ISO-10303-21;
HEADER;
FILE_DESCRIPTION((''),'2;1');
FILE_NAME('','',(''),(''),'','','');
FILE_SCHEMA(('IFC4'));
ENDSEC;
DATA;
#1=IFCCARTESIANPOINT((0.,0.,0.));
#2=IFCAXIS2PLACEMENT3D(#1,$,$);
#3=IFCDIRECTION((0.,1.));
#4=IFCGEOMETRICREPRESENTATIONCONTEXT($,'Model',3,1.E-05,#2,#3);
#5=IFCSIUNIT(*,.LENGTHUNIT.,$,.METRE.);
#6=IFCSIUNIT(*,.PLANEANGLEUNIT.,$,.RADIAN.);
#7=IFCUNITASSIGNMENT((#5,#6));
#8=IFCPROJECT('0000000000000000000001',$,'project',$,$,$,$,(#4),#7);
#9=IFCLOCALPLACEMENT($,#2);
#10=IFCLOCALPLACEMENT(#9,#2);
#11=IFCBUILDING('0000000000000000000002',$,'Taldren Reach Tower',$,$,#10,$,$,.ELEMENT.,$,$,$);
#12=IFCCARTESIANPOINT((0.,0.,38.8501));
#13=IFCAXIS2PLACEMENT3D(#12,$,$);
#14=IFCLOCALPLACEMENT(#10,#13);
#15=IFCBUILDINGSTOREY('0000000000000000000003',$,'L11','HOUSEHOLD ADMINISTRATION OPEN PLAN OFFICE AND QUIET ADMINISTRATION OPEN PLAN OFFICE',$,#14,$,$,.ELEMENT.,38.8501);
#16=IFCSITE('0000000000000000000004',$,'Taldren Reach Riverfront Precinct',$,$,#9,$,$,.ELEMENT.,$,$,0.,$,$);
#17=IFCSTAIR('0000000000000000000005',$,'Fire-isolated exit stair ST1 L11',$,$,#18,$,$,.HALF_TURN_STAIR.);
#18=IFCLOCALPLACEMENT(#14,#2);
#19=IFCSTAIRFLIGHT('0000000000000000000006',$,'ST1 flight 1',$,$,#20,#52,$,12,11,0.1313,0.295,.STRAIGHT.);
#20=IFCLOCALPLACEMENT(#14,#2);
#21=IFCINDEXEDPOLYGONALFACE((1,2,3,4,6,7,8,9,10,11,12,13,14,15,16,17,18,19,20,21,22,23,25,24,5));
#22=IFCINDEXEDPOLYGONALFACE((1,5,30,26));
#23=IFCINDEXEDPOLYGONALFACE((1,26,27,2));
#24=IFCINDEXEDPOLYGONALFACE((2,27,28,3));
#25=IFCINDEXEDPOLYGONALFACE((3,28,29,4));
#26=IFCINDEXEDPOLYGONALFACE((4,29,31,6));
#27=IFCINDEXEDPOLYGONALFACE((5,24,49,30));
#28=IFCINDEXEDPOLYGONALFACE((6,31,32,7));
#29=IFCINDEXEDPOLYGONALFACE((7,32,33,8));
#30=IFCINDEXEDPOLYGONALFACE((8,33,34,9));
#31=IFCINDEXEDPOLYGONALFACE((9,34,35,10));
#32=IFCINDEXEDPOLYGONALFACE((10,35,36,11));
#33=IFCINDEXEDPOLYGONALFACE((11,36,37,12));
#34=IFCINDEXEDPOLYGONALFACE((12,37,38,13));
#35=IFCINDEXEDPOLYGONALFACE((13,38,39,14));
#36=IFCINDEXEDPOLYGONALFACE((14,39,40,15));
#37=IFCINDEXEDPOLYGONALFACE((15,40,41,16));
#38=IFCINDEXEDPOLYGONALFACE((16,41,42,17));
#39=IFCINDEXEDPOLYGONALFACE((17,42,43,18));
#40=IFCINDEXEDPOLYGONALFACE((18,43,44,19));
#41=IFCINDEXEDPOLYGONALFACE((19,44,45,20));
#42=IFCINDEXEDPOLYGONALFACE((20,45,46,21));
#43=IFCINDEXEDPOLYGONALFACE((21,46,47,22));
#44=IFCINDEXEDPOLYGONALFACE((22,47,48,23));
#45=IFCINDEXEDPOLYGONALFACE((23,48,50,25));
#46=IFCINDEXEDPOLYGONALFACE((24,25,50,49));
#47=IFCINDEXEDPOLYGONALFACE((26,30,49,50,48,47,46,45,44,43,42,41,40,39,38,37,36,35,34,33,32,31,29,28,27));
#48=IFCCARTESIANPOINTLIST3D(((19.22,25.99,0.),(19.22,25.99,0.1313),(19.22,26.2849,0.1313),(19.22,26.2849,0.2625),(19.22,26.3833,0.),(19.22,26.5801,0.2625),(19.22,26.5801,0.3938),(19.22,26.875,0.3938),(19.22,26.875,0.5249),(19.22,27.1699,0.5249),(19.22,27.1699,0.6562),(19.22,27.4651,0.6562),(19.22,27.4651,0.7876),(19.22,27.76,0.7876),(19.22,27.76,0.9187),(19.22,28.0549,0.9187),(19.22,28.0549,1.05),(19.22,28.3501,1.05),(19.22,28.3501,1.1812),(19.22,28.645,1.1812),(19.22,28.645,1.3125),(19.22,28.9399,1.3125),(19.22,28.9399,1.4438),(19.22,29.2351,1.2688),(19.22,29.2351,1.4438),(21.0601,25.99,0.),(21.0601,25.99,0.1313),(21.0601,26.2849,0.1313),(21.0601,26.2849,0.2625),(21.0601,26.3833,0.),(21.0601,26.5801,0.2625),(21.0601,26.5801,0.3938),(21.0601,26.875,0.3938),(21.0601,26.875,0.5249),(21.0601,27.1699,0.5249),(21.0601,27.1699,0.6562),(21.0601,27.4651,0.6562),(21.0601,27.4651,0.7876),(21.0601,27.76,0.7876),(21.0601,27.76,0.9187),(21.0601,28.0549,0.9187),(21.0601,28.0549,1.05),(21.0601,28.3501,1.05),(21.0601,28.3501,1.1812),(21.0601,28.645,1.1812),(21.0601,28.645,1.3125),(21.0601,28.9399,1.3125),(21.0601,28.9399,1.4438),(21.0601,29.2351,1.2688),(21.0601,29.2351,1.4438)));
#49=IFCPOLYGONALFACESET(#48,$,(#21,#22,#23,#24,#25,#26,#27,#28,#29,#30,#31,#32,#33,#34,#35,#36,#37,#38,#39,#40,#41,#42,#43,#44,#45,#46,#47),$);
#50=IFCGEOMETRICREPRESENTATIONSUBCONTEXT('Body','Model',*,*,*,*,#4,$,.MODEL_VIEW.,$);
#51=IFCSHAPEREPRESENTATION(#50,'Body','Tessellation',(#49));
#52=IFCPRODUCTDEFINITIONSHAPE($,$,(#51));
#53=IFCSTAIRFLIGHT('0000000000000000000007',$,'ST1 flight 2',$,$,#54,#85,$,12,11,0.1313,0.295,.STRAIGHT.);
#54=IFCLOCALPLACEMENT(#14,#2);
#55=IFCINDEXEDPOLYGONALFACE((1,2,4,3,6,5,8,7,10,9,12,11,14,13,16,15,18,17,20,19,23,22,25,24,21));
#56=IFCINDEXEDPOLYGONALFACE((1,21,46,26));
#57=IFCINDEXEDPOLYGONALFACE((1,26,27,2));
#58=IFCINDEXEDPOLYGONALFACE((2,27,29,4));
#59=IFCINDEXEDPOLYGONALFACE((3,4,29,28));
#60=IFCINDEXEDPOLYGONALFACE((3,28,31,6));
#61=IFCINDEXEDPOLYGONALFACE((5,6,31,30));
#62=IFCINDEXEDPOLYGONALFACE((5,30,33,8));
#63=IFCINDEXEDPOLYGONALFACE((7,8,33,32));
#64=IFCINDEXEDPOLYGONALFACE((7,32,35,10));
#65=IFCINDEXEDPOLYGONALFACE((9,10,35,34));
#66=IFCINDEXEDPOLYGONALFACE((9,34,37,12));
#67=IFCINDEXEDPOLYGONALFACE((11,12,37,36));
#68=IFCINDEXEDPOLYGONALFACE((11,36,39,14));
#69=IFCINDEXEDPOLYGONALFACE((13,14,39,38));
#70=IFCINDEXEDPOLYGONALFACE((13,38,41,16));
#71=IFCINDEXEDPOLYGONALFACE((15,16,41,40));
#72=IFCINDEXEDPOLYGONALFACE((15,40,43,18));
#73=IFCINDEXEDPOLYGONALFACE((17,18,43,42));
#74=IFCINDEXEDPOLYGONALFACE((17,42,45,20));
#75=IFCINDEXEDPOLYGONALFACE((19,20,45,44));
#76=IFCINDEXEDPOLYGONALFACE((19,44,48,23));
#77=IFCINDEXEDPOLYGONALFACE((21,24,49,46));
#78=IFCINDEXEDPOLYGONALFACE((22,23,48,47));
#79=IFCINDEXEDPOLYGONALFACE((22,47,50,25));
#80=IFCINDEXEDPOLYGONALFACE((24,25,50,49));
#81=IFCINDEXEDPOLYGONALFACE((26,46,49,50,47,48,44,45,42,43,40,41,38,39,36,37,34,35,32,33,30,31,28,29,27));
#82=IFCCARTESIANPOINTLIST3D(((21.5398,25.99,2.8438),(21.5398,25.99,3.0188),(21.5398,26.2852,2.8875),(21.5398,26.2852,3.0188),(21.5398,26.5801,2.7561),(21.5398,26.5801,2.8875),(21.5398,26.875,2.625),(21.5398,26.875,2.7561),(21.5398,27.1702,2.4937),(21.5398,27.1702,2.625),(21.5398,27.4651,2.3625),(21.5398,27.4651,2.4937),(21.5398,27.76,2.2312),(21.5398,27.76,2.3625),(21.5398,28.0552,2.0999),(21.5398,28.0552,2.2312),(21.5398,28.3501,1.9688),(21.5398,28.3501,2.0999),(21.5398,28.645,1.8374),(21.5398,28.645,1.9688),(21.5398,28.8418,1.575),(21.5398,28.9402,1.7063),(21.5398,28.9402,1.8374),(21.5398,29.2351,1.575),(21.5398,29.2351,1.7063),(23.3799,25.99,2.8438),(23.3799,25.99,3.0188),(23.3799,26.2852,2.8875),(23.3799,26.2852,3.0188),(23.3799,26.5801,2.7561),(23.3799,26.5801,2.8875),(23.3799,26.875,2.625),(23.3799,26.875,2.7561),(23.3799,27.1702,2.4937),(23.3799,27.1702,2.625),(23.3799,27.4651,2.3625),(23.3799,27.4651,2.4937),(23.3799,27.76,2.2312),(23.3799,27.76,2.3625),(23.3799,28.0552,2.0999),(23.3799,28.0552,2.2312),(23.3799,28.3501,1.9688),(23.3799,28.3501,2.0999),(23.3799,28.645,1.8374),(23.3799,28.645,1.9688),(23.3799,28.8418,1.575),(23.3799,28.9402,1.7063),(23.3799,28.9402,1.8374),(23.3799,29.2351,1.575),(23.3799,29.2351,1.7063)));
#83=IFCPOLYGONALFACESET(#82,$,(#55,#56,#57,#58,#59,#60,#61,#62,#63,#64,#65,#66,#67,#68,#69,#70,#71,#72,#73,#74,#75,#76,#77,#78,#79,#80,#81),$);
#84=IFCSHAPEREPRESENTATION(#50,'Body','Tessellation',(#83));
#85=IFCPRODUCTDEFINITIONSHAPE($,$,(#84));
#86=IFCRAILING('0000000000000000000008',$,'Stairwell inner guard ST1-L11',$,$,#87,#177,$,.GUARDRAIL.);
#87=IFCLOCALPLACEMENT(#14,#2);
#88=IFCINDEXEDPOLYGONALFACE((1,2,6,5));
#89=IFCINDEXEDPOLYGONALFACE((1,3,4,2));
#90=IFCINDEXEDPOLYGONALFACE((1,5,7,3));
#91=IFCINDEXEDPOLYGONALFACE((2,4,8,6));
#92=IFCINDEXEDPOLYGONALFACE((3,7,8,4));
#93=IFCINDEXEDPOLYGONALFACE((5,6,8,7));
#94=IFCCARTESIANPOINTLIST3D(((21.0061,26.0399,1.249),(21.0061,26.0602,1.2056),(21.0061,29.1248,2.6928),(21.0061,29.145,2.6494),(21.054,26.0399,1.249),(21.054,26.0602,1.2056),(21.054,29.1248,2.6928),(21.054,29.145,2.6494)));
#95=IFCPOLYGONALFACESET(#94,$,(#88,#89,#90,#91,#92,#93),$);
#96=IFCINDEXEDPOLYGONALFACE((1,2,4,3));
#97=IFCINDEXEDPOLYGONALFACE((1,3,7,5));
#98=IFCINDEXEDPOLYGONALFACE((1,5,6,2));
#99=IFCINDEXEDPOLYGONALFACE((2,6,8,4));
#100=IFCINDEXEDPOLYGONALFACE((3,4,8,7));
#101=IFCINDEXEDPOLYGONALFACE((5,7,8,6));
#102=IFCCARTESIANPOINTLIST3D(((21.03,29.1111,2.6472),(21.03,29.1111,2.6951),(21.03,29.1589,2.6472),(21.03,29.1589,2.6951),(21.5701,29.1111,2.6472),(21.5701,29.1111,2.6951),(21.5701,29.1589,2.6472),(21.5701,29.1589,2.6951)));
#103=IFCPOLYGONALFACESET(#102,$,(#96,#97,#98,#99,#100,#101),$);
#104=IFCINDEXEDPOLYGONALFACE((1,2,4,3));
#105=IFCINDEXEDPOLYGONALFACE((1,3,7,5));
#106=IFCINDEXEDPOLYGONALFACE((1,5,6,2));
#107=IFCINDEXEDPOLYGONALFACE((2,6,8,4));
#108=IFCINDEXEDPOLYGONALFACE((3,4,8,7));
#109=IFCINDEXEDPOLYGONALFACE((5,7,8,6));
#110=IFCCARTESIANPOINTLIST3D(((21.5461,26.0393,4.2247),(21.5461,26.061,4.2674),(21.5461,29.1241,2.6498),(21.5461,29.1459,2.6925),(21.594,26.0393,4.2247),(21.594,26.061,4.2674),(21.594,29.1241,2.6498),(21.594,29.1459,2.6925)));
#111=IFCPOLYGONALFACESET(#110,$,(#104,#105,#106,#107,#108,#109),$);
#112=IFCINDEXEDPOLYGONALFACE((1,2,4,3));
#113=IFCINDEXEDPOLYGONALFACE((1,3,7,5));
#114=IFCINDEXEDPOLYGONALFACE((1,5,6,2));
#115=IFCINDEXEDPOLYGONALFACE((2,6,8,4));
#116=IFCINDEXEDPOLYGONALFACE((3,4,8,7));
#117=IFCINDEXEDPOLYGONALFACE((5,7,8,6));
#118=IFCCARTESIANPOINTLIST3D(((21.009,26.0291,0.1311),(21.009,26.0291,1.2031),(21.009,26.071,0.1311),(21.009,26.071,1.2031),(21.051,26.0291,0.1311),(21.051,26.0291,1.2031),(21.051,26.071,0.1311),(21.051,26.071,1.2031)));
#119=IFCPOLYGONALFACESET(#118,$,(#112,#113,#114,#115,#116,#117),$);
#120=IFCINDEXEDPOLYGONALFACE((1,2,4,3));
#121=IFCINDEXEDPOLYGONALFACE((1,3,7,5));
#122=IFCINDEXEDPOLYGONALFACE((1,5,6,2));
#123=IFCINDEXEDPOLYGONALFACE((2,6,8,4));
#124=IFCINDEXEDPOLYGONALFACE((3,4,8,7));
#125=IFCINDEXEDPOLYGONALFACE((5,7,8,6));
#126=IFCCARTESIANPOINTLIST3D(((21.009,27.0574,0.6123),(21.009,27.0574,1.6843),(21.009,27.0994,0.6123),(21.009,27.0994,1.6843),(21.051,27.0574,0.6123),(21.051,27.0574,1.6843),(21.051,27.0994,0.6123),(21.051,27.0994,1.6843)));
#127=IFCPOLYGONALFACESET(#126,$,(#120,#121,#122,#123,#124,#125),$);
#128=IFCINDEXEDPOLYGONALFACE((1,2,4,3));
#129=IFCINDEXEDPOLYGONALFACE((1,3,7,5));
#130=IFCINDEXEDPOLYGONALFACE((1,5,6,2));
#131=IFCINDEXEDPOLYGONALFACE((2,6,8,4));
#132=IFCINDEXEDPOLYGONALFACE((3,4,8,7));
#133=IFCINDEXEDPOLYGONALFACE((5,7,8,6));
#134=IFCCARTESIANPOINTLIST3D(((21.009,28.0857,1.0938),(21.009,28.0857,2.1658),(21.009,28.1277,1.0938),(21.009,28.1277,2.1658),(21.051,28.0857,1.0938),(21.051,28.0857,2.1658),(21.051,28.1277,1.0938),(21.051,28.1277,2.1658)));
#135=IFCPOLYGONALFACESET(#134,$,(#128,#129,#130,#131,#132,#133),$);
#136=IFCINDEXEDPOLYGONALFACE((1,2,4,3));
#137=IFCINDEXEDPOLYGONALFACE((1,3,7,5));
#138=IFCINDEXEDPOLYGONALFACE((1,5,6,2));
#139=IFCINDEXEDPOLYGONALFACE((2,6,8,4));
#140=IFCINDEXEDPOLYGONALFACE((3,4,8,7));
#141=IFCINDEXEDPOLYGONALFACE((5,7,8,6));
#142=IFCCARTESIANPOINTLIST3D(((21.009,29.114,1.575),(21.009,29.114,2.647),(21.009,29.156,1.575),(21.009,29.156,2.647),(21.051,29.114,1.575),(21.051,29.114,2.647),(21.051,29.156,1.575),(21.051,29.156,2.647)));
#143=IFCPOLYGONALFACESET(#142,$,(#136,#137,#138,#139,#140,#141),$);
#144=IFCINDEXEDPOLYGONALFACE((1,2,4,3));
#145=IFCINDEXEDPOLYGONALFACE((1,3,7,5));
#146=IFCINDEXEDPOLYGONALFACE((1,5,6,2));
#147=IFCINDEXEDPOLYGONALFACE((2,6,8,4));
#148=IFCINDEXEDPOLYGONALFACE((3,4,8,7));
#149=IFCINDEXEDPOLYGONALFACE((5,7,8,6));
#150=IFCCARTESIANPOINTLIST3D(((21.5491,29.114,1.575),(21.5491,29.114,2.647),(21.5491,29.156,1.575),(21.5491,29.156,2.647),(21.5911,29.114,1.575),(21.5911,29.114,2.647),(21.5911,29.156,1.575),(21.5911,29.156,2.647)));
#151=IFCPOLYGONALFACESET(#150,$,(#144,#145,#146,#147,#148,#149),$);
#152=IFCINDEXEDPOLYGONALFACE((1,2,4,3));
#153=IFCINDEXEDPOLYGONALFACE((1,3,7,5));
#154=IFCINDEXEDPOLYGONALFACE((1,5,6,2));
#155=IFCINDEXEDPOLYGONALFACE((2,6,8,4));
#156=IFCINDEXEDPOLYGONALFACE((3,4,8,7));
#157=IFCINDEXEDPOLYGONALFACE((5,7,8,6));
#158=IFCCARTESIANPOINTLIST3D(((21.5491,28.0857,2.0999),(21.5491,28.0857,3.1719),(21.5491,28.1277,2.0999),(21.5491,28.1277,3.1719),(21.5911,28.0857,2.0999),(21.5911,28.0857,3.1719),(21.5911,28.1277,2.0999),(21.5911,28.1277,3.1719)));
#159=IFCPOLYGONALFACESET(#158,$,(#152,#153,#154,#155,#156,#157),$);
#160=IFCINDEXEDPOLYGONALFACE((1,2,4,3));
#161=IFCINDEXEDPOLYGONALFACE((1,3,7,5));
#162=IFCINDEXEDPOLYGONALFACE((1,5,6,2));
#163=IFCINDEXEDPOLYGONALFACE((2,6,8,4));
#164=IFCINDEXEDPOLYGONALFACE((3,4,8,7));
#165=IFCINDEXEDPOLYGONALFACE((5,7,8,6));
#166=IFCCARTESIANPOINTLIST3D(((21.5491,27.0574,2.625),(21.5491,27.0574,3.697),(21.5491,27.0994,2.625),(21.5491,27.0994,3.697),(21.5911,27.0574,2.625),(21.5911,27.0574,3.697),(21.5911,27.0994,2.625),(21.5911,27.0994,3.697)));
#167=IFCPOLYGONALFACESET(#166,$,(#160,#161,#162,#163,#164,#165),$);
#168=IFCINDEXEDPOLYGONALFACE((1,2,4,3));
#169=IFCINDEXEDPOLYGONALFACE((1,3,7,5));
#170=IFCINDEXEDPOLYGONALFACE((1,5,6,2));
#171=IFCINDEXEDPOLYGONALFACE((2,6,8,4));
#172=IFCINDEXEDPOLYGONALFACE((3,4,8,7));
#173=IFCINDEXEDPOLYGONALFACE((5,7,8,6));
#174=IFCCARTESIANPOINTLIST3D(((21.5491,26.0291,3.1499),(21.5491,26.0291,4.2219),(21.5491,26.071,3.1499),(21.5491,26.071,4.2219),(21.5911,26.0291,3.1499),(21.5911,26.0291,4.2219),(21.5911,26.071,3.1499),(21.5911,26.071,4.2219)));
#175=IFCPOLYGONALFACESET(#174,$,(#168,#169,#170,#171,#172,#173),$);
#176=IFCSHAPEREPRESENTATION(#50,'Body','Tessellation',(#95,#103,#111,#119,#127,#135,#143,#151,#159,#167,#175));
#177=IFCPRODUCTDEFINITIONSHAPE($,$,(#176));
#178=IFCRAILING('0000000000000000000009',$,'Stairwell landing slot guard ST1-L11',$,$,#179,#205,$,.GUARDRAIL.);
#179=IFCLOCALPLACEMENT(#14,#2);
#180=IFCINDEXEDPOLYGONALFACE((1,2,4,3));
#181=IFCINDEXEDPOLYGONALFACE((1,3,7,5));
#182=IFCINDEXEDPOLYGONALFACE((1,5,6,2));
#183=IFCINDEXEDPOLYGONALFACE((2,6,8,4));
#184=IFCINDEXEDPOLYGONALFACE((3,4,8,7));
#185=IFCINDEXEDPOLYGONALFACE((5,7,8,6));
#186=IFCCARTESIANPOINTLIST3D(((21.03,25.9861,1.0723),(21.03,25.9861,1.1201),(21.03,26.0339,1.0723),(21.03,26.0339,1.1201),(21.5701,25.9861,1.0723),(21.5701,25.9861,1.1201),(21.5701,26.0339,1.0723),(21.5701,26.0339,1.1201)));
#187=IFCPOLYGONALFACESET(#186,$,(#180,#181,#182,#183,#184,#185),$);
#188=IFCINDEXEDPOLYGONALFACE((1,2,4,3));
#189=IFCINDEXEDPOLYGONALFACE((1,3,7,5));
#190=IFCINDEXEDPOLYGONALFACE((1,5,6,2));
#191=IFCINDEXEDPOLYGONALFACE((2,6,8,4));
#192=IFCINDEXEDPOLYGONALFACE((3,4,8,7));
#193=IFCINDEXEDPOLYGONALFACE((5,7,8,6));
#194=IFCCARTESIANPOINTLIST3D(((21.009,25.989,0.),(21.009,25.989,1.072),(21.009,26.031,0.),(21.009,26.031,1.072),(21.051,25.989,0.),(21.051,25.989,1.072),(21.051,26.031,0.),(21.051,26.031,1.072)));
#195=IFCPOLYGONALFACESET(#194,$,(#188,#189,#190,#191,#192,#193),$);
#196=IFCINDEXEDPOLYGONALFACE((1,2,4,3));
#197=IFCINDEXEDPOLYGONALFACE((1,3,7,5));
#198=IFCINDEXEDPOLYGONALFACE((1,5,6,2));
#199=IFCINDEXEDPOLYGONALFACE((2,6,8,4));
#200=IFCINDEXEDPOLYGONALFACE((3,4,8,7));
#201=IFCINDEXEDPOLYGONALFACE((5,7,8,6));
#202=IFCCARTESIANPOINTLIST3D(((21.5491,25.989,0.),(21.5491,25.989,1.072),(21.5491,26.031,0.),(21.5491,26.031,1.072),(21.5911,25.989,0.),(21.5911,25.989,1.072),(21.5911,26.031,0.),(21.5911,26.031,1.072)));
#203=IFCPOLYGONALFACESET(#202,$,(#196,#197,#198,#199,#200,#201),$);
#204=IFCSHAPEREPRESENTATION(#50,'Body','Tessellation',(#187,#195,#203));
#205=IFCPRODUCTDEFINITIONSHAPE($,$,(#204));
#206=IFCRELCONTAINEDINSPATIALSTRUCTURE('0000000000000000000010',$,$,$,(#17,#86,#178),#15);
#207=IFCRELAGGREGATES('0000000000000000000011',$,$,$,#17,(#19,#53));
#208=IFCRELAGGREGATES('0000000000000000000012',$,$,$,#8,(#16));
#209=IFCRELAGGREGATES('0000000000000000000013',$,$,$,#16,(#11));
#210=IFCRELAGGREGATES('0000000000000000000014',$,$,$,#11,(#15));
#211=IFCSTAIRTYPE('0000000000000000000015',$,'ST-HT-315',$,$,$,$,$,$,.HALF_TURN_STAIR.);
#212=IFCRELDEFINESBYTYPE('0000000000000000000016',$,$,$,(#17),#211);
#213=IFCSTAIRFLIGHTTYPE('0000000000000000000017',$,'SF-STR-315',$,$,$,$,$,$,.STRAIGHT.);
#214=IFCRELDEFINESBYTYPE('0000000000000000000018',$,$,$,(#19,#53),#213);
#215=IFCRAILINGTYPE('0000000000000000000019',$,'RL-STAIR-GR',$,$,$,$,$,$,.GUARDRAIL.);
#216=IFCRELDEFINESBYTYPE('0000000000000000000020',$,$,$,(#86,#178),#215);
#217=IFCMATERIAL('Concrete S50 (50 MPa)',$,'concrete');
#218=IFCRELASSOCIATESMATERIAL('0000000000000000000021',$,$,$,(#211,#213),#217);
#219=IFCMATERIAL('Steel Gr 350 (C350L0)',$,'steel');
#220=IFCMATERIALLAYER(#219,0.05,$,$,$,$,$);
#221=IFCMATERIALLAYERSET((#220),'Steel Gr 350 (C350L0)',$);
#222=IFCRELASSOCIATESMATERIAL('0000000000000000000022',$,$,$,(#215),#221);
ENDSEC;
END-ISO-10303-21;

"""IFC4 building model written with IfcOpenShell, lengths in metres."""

from ifc_helpers import new_model, si_unit, direction, frame, origin, origin_2d, place, context, subcontext, project, spatial, polyline, rectangle, outline, extrude, material, layer, layer_set, type_object, element, aggregate, save


model = new_model("IFC4")

# Units and contexts
model_context = context("Model", 3, precision=1e-05, world=origin(), true_north=direction((0.0, 1.0)))
body_context = subcontext(model_context, "Body", "Model", "MODEL_VIEW")
ifc_project = project(units=[si_unit("LENGTHUNIT", "METRE"), si_unit("PLANEANGLEUNIT", "RADIAN")], contexts=[model_context])

# Site, building, storey
site_placement = place(None, origin())
site = spatial("IfcSite", under=ifc_project, at=site_placement, Name="Taldren Reach Riverfront Precinct", CompositionType="ELEMENT", RefElevation=0.0)
building_placement = place(site_placement, origin())
building = spatial("IfcBuilding", under=site, at=building_placement, Name="Taldren Reach Tower", CompositionType="ELEMENT")
storey_placement = place(building_placement, frame((0.0, 0.0, 38.8501)))
storey = spatial("IfcBuildingStorey", under=building, at=storey_placement, Name="L11", Description="HOUSEHOLD ADMINISTRATION OPEN PLAN OFFICE AND QUIET ADMINISTRATION OPEN PLAN OFFICE", CompositionType="ELEMENT", Elevation=38.8501)

# Shared definitions
ifc_material_1 = material(Name="Steel Gr 350 (C350L0)", Category="steel")

# Shared definitions
ifc_material_2 = material(Name="Concrete S50 (50 MPa)", Category="concrete")

# Stair, stair flights
stair_type = type_object("IfcStairType", Name="ST-HT-315", PredefinedType="HALF_TURN_STAIR", material=ifc_material_2)
stair_placement = place(storey_placement, origin())
stair = element("IfcStair", 1, at=stair_placement, inside=storey, type_object=stair_type, Name="Fire-isolated exit stair ST1 L11", PredefinedType="HALF_TURN_STAIR")
stair_flight_type = type_object("IfcStairFlightType", Name="SF-STR-315", PredefinedType="STRAIGHT", material=ifc_material_2)
stair_flight_1_placement = place(storey_placement, frame((20.1399, 25.99, 0.0), z_axis=(0.0, 0.0, 1.0), x_axis=(0.0, 1.0, 0.0)))
stair_flight_1 = element("IfcStairFlight", 2, at=stair_flight_1_placement, type_object=stair_flight_type, Name="ST1 flight 1", NumberOfRisers=12, NumberOfTreads=11, PredefinedType="STRAIGHT", RiserHeight=0.1313, TreadLength=0.295, context=body_context, shape_type="SweptSolid", body=[
    extrude(outline(polyline([(0.0, 0.0), (0.0, 0.1313), (0.2949, 0.1313), (0.2949, 0.2625), (0.5901, 0.2625), (0.5901, 0.3938), (0.885, 0.3938), (0.885, 0.5249), (1.1799, 0.5249), (1.1799, 0.6562), (1.4751, 0.6562), (1.4751, 0.7876), (1.77, 0.7876), (1.77, 0.9187), (2.0649, 0.9187), (2.0649, 1.05), (2.3601, 1.05), (2.3601, 1.1812), (2.655, 1.1812), (2.655, 1.3125), (2.95, 1.3125), (2.95, 1.4438), (3.2451, 1.4438), (3.2451, 1.575), (3.2451, 1.2688), (0.3933, 0.0), (0.0, 0.0)])), frame((0.0, 0.9199, 0.0), z_axis=(0.0, -1.0, 0.0), x_axis=(1.0, 0.0, 0.0)), (0.0, 0.0, 1.0), 1.8401),
])
stair_flight_2_placement = place(storey_placement, frame((22.46, 29.2351, 1.575), z_axis=(0.0, 0.0, 1.0), x_axis=(0.0, -1.0, 0.0)))
stair_flight_2 = element("IfcStairFlight", 3, at=stair_flight_2_placement, type_object=stair_flight_type, Name="ST1 flight 2", NumberOfRisers=12, NumberOfTreads=11, PredefinedType="STRAIGHT", RiserHeight=0.1313, TreadLength=0.295, context=body_context, shape_type="SweptSolid", body=[
    extrude(outline(polyline([(0.0, 0.0), (0.0, 0.1313), (0.2949, 0.1313), (0.2949, 0.2625), (0.5901, 0.2625), (0.5901, 0.3938), (0.885, 0.3938), (0.885, 0.5249), (1.1799, 0.5249), (1.1799, 0.6562), (1.4751, 0.6562), (1.4751, 0.7876), (1.77, 0.7876), (1.77, 0.9187), (2.0649, 0.9187), (2.0649, 1.05), (2.3601, 1.05), (2.3601, 1.1812), (2.655, 1.1812), (2.655, 1.3125), (2.95, 1.3125), (2.95, 1.4438), (3.2451, 1.4438), (3.2451, 1.575), (3.2451, 1.2688), (0.3933, 0.0), (0.0, 0.0)])), frame((0.0, 0.9199, 0.0), z_axis=(0.0, -1.0, 0.0), x_axis=(1.0, 0.0, 0.0)), (0.0, 0.0, 1.0), 1.8401),
])
aggregate(stair, [stair_flight_1, stair_flight_2])

# Railings
ifc_layer_1 = layer(ifc_material_1, 0.05)
ifc_layer_set_1 = layer_set([ifc_layer_1], Name="Steel Gr 350 (C350L0)")
railing_type_1 = type_object("IfcRailingType", Name="RL-STAIR-GR", PredefinedType="GUARDRAIL", material=ifc_layer_set_1)
railing_1_placement = place(storey_placement, frame((21.03, 26.05, 0.1311)))
element("IfcRailing", 4, at=railing_1_placement, inside=storey, type_object=railing_type_1, Name="Stairwell inner guard ST1-L11", PredefinedType="GUARDRAIL", context=body_context, shape_type="SweptSolid", body=[
    extrude(rectangle(XDim=0.0479, YDim=0.0479, at=origin_2d()), frame((0.0, 0.0, 1.0962), z_axis=(0.0, 0.90571, 0.423898), x_axis=(-1.0, 0.0, 0.0)), (0.0, 0.0, 1.0), 3.406),
    extrude(rectangle(XDim=0.0479, YDim=0.0479, at=origin_2d()), frame((0.0, 3.085, 2.54), z_axis=(1.0, 0.0, 0.0), x_axis=(0.0, 1.0, 0.0)), (0.0, 0.0, 1.0), 0.54),
    extrude(rectangle(XDim=0.0479, YDim=0.0479, at=origin_2d()), frame((0.54, 3.085, 2.54), z_axis=(0.0, -0.890646, 0.454697), x_axis=(1.0, 0.0, 0.0)), (0.0, 0.0, 1.0), 3.4636),
    extrude(rectangle(XDim=0.042, YDim=0.042, at=origin_2d()), origin(), (0.0, 0.0, 1.0), 1.072),
    extrude(rectangle(XDim=0.042, YDim=0.042, at=origin_2d()), frame((0.0, 1.0283, 0.4812)), (0.0, 0.0, 1.0), 1.072),
    extrude(rectangle(XDim=0.042, YDim=0.042, at=origin_2d()), frame((0.0, 2.0566, 0.9626)), (0.0, 0.0, 1.0), 1.072),
    extrude(rectangle(XDim=0.042, YDim=0.042, at=origin_2d()), frame((0.0, 3.085, 1.4438)), (0.0, 0.0, 1.0), 1.072),
    extrude(rectangle(XDim=0.042, YDim=0.042, at=origin_2d()), frame((0.54, 3.085, 1.4438)), (0.0, 0.0, 1.0), 1.072),
    extrude(rectangle(XDim=0.042, YDim=0.042, at=origin_2d()), frame((0.54, 2.0566, 1.9688)), (0.0, 0.0, 1.0), 1.072),
    extrude(rectangle(XDim=0.042, YDim=0.042, at=origin_2d()), frame((0.54, 1.0283, 2.4939)), (0.0, 0.0, 1.0), 1.072),
    extrude(rectangle(XDim=0.042, YDim=0.042, at=origin_2d()), frame((0.54, 0.0, 3.0188)), (0.0, 0.0, 1.0), 1.072),
])
railing_2_placement = place(storey_placement, frame((21.03, 26.01, 0.0)))
element("IfcRailing", 5, at=railing_2_placement, inside=storey, type_object=railing_type_1, Name="Stairwell landing slot guard ST1-L11", PredefinedType="GUARDRAIL", context=body_context, shape_type="SweptSolid", body=[
    extrude(rectangle(XDim=0.0479, YDim=0.0479, at=origin_2d()), frame((0.0, 0.0, 1.0962), z_axis=(1.0, 0.0, 0.0), x_axis=(0.0, 1.0, 0.0)), (0.0, 0.0, 1.0), 0.54),
    extrude(rectangle(XDim=0.042, YDim=0.042, at=origin_2d()), origin(), (0.0, 0.0, 1.0), 1.072),
    extrude(rectangle(XDim=0.042, YDim=0.042, at=origin_2d()), frame((0.54, 0.0, 0.0)), (0.0, 0.0, 1.0), 1.072),
])

save(model, "model.ifc")
